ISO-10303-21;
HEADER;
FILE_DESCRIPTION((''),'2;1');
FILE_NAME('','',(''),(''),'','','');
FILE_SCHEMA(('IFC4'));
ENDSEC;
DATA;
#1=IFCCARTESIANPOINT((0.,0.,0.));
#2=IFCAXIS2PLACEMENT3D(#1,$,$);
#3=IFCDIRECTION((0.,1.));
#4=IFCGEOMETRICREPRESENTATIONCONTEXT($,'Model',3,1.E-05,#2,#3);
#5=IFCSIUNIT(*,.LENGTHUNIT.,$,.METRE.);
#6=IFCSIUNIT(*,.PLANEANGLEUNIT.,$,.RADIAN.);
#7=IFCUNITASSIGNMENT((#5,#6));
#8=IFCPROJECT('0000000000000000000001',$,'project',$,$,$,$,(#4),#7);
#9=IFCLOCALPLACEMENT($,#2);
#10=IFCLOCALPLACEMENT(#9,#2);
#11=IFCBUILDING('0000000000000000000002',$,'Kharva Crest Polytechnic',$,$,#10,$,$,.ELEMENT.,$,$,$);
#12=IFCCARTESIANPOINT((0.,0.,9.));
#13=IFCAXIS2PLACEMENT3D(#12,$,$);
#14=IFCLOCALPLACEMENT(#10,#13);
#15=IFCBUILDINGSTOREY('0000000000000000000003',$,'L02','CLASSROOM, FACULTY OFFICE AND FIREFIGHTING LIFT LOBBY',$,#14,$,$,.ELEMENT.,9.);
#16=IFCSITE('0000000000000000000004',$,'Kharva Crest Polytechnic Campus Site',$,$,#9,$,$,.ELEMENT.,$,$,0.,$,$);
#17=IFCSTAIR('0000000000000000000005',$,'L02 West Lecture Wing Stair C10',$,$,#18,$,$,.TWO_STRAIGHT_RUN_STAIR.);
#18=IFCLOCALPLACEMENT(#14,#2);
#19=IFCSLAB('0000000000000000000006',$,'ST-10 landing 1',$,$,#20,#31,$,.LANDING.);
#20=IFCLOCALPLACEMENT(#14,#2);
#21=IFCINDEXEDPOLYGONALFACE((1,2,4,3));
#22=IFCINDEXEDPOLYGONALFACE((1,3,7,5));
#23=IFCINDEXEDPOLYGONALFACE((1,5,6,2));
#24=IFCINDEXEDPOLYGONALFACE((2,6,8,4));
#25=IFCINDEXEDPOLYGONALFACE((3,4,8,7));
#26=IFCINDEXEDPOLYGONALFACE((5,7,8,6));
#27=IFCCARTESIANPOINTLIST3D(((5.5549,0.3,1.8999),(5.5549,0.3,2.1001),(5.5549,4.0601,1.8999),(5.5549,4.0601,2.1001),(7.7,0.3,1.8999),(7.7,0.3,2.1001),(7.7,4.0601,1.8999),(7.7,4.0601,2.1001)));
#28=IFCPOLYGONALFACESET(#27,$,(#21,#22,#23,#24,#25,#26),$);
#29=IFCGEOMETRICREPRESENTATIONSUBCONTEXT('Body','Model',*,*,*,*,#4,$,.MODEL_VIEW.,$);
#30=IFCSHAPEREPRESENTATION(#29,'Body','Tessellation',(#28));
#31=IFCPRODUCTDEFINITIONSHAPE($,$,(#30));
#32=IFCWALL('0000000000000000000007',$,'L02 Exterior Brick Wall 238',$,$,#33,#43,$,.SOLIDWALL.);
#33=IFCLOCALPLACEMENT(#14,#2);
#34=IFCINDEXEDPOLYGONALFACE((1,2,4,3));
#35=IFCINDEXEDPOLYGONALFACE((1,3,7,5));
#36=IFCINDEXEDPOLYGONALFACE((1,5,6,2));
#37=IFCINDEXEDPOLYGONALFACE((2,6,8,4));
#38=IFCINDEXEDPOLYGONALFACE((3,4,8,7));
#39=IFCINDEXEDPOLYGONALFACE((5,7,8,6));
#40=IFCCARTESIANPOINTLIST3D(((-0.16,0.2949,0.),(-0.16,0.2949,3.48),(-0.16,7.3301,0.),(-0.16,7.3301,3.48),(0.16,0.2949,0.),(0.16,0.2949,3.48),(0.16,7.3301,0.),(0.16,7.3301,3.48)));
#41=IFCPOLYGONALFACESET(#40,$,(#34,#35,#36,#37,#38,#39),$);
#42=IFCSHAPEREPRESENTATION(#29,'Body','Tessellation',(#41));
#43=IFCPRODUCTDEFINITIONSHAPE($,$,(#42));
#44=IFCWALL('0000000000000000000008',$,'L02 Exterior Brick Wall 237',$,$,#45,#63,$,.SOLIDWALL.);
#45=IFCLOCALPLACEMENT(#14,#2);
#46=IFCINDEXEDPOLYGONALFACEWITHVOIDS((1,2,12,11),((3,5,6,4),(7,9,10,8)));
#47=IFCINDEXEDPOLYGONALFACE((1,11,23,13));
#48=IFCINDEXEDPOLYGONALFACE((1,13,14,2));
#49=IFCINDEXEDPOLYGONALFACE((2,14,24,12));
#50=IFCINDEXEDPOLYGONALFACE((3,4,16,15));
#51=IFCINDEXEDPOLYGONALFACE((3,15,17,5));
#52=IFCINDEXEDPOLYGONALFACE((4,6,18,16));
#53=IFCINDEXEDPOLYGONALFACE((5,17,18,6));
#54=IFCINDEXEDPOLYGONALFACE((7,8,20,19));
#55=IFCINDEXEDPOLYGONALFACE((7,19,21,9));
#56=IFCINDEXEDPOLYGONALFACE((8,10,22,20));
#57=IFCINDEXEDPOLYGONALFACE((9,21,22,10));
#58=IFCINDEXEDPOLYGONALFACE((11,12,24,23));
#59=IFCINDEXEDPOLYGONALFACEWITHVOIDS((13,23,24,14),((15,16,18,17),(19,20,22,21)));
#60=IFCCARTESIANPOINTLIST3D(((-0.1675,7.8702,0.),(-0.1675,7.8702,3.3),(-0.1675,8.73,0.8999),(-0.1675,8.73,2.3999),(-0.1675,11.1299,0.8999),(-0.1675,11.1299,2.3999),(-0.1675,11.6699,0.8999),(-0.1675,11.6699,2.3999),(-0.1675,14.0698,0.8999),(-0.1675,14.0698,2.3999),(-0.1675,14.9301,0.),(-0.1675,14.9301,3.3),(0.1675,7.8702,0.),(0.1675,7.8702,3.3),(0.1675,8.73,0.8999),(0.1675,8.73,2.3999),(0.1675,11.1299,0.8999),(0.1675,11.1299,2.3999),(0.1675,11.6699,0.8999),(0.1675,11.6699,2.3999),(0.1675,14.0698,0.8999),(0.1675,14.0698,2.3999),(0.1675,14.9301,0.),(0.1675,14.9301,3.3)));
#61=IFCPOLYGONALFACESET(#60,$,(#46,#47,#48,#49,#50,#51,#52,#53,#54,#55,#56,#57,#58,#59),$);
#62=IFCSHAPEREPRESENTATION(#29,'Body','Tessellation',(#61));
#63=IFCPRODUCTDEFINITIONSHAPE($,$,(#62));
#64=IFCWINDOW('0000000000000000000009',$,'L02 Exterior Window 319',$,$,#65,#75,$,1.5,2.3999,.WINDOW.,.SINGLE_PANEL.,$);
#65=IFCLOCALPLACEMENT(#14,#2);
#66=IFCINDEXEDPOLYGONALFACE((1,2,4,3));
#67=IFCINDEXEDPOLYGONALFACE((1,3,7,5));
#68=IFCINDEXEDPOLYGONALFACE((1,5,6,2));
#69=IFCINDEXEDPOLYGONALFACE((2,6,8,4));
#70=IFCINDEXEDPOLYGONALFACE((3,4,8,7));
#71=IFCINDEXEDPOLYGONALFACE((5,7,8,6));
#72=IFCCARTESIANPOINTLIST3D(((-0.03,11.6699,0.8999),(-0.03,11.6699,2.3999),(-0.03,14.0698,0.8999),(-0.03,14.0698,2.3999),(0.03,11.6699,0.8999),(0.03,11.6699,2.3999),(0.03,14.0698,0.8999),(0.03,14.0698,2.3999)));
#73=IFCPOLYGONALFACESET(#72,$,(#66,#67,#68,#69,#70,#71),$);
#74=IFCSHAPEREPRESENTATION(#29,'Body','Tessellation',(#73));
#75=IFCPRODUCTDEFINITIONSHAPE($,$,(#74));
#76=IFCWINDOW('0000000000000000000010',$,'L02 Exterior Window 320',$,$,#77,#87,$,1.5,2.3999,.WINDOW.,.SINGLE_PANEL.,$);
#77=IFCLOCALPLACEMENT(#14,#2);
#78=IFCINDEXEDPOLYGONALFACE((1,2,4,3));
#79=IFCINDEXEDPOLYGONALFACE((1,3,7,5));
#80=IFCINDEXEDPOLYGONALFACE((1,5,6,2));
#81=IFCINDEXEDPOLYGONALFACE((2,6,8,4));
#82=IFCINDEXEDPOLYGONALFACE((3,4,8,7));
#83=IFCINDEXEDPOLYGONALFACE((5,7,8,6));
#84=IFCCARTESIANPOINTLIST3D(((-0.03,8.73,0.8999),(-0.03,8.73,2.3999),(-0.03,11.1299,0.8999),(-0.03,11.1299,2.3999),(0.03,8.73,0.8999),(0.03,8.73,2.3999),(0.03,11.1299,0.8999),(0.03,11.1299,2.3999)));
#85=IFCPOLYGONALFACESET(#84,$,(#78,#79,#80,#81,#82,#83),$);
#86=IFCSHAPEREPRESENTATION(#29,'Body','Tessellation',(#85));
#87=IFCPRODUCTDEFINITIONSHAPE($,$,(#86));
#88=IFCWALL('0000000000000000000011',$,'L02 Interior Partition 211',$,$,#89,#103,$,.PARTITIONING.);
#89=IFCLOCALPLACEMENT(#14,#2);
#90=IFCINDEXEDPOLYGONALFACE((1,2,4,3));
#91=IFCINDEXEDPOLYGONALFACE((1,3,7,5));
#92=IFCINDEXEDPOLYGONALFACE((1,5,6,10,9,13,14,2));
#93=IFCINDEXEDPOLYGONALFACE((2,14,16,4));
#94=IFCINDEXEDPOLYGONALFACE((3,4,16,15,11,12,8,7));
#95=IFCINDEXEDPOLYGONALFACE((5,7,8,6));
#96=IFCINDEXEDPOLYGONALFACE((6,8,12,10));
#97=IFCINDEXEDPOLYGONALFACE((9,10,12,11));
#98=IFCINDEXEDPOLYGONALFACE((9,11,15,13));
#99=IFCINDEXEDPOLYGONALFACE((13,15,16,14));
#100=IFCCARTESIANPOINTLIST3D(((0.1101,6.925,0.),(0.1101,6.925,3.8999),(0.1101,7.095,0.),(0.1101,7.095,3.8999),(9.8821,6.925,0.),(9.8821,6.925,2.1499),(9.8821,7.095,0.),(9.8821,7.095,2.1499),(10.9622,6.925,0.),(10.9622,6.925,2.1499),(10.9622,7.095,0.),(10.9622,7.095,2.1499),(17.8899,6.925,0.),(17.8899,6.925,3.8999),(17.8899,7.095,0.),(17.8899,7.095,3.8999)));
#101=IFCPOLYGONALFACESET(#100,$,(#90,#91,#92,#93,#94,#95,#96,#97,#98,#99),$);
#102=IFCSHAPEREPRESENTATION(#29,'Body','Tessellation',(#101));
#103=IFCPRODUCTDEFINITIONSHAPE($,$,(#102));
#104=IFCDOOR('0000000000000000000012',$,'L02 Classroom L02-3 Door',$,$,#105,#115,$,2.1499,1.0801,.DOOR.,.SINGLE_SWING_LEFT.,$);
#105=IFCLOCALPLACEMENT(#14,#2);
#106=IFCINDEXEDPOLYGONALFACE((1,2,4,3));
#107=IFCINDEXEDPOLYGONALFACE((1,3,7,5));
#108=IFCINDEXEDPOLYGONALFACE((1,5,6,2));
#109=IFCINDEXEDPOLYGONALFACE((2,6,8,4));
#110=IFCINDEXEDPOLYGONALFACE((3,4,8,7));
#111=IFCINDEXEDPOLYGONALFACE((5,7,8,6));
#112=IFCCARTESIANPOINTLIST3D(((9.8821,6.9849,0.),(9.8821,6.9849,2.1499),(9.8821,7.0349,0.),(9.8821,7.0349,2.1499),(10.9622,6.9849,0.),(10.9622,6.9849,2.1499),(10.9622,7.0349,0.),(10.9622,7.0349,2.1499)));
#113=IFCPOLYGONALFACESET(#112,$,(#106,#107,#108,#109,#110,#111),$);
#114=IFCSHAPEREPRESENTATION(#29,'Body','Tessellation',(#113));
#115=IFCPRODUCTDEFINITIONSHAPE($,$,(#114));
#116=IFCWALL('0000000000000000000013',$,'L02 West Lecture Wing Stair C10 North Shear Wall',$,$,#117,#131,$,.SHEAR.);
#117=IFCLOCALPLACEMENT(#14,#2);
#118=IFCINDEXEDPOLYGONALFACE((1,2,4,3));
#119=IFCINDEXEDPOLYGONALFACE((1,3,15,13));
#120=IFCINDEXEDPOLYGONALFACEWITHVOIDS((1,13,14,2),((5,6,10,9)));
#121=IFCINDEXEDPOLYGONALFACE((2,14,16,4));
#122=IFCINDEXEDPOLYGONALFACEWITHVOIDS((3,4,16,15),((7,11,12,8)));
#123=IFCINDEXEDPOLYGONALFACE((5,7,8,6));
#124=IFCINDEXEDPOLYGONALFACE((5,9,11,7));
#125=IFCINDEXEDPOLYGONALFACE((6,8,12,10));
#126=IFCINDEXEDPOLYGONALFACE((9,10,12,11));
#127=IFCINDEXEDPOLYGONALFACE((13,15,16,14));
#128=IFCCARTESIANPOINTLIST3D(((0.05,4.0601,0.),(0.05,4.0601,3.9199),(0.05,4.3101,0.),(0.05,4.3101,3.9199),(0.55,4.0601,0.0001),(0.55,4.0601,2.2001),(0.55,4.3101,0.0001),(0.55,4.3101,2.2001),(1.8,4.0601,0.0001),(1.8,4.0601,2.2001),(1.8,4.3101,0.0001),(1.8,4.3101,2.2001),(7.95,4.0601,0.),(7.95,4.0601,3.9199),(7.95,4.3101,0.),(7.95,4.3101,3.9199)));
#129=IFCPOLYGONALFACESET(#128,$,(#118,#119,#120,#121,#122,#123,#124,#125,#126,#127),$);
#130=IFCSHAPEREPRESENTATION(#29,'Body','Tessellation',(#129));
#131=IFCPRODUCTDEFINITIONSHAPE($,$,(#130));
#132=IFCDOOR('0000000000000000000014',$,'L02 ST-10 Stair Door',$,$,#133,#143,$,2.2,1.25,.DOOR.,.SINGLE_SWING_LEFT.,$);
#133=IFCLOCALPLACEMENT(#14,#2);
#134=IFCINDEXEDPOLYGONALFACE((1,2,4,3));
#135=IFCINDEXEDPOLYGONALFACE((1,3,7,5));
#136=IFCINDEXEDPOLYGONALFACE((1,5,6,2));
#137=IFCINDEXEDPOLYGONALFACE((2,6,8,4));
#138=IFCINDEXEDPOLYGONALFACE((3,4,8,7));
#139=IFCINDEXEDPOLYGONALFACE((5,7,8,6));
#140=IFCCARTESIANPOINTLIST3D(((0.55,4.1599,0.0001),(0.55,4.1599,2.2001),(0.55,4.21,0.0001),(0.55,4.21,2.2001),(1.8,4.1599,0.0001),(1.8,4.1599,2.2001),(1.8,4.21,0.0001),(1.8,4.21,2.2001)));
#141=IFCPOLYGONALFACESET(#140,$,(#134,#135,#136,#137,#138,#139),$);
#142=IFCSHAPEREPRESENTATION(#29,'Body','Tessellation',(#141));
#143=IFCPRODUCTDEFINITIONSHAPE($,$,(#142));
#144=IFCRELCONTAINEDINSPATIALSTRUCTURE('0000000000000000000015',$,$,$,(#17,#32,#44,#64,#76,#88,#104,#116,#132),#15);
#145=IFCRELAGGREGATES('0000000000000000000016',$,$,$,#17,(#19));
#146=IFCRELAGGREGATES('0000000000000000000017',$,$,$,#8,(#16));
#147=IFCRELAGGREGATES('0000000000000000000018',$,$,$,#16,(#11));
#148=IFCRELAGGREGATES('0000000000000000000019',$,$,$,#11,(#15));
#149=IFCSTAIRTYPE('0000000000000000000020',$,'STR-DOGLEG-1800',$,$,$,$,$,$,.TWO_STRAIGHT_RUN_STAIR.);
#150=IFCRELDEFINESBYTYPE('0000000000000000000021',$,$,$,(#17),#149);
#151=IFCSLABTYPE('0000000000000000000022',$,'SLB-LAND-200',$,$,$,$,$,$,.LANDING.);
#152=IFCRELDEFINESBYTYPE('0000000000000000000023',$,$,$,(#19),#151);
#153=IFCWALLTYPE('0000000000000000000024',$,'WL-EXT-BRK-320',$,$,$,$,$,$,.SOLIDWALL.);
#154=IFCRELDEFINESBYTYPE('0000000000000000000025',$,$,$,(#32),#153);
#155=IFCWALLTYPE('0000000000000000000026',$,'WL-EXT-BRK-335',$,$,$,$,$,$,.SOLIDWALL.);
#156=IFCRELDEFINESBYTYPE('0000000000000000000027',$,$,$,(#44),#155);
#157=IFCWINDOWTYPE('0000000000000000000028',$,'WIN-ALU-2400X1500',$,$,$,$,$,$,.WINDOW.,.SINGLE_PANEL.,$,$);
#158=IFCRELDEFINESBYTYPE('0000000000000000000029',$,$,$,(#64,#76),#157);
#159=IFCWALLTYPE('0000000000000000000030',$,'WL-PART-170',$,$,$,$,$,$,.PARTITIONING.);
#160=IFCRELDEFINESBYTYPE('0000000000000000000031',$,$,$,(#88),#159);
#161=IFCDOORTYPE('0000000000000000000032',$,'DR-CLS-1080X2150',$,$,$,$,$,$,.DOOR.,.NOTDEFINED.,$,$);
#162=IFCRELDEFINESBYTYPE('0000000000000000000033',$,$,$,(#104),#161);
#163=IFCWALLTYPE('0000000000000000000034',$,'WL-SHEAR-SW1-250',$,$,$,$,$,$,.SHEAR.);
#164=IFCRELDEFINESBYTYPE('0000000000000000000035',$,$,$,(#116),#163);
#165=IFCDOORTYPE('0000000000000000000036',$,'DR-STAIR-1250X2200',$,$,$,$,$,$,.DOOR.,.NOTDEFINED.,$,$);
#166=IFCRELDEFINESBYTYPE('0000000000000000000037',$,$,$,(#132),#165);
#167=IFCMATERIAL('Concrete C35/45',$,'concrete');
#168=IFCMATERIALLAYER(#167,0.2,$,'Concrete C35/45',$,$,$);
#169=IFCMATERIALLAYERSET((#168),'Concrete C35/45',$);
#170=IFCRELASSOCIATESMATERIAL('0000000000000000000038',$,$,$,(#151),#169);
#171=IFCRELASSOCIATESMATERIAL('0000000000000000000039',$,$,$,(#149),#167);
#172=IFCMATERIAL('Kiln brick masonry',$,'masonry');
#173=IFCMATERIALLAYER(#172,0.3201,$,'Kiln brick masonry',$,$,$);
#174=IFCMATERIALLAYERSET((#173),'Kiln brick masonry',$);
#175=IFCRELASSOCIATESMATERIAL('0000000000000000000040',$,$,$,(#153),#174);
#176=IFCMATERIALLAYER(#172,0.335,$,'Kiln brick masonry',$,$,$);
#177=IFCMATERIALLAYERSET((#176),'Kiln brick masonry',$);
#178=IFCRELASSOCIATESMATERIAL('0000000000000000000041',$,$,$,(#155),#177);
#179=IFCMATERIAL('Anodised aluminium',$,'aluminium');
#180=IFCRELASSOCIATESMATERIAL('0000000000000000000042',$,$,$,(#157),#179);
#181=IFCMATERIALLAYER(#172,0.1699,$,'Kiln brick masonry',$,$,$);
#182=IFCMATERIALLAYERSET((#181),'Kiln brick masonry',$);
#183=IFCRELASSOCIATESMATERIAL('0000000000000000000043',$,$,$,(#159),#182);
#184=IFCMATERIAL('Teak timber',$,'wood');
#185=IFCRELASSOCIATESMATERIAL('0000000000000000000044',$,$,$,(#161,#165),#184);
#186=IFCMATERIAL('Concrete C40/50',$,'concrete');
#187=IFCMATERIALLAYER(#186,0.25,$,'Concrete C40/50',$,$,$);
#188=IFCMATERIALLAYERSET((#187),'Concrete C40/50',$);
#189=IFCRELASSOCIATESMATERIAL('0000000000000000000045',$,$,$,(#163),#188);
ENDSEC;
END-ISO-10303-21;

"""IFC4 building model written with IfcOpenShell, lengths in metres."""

from ifc_helpers import new_model, si_unit, direction, frame, frame_2d, origin, place, context, subcontext, project, spatial, polyline, rectangle, outline, extrude, material, layer, layer_set, type_object, element, fill, aggregate, save


model = new_model("IFC4")

# Units and contexts
model_context = context("Model", 3, precision=1e-05, world=origin(), true_north=direction((0.0, 1.0)))
body_context = subcontext(model_context, "Body", "Model", "MODEL_VIEW")
ifc_project = project(units=[si_unit("LENGTHUNIT", "METRE"), si_unit("PLANEANGLEUNIT", "RADIAN")], contexts=[model_context])

# Site, building, storey
site_placement = place(None, origin())
site = spatial("IfcSite", under=ifc_project, at=site_placement, Name="Kharva Crest Polytechnic Campus Site", CompositionType="ELEMENT", RefElevation=0.0)
building_placement = place(site_placement, origin())
building = spatial("IfcBuilding", under=site, at=building_placement, Name="Kharva Crest Polytechnic", CompositionType="ELEMENT")
storey_placement = place(building_placement, frame((0.0, 0.0, 9.0)))
storey = spatial("IfcBuildingStorey", under=building, at=storey_placement, Name="L02", Description="CLASSROOM, FACULTY OFFICE AND FIREFIGHTING LIFT LOBBY", CompositionType="ELEMENT", Elevation=9.0)

# Shared definitions
ifc_material_1 = material(Name="Concrete C40/50", Category="concrete")

# Shared definitions
ifc_material_2 = material(Name="Concrete C35/45", Category="concrete")

# Stair, slab
ifc_layer_1 = layer(ifc_material_2, 0.2, Name="Concrete C35/45")
ifc_layer_set_1 = layer_set([ifc_layer_1], Name="Concrete C35/45")
slab_type = type_object("IfcSlabType", Name="SLB-LAND-200", PredefinedType="LANDING", material=ifc_layer_set_1)
stair_type_1 = type_object("IfcStairType", Name="STR-DOGLEG-1800", PredefinedType="TWO_STRAIGHT_RUN_STAIR", material=ifc_material_2)
stair_1_placement = place(storey_placement, origin())
stair_1 = element("IfcStair", 1, at=stair_1_placement, inside=storey, type_object=stair_type_1, Name="L02 West Lecture Wing Stair C10", PredefinedType="TWO_STRAIGHT_RUN_STAIR")
slab_1_placement = place(storey_placement, frame((0.0, 0.0, 1.8999)))
slab_1 = element("IfcSlab", 2, at=slab_1_placement, type_object=slab_type, Name="ST-10 landing 1", PredefinedType="LANDING", context=body_context, shape_type="SweptSolid", body=[
    extrude(outline(polyline([(5.5549, 0.3), (7.7, 0.3), (7.7, 4.0601), (5.5549, 4.0601), (5.5549, 0.3)])), origin(), (0.0, 0.0, 1.0), 0.2002),
])
aggregate(stair_1, [slab_1])

# Wall
ifc_material_3 = material(Name="Kiln brick masonry", Category="masonry")
ifc_layer_2 = layer(ifc_material_3, 0.3201, Name="Kiln brick masonry")
ifc_layer_set_2 = layer_set([ifc_layer_2], Name="Kiln brick masonry")
wall_type_1 = type_object("IfcWallType", Name="WL-EXT-BRK-320", PredefinedType="SOLIDWALL", material=ifc_layer_set_2)
wall_1_placement = place(storey_placement, frame((0.0, 7.3301, 0.0), z_axis=(0.0, 0.0, 1.0), x_axis=(0.0, -1.0, 0.0)))
element("IfcWall", 3, at=wall_1_placement, inside=storey, type_object=wall_type_1, Name="L02 Exterior Brick Wall 238", PredefinedType="SOLIDWALL", context=body_context, shape_type="SweptSolid", body=[
    extrude(rectangle(XDim=7.0352, YDim=0.3201, at=frame_2d((3.5176, 0.0))), origin(), (0.0, 0.0, 1.0), 3.48),
])

# Wall, openings, windows
ifc_layer_3 = layer(ifc_material_3, 0.335, Name="Kiln brick masonry")
ifc_layer_set_3 = layer_set([ifc_layer_3], Name="Kiln brick masonry")
wall_type_2 = type_object("IfcWallType", Name="WL-EXT-BRK-335", PredefinedType="SOLIDWALL", material=ifc_layer_set_3)
wall_2_placement = place(storey_placement, frame((0.0, 14.9299, 0.0), z_axis=(0.0, 0.0, 1.0), x_axis=(0.0, -1.0, 0.0)))
wall_2 = element("IfcWall", 4, at=wall_2_placement, inside=storey, type_object=wall_type_2, Name="L02 Exterior Brick Wall 237", PredefinedType="SOLIDWALL", context=body_context, shape_type="SweptSolid", body=[
    extrude(rectangle(XDim=7.0598, YDim=0.335, at=frame_2d((3.5298, 0.0))), origin(), (0.0, 0.0, 1.0), 3.3),
])
opening_1_placement = place(wall_2_placement, frame((0.8601, 0.0, 0.8999)))
opening_1 = element("IfcOpeningElement", 5, at=opening_1_placement, cuts=wall_2, PredefinedType="OPENING", context=body_context, shape_type="SweptSolid", body=[
    extrude(rectangle(XDim=2.3999, YDim=1.5, at=frame_2d((1.2, 0.75))), frame((0.0, 0.1775, 0.0), z_axis=(0.0, -1.0, 0.0), x_axis=(1.0, 0.0, 0.0)), (0.0, 0.0, 1.0), 0.355),
])
opening_2_placement = place(wall_2_placement, frame((3.8, 0.0, 0.8999)))
opening_2 = element("IfcOpeningElement", 6, at=opening_2_placement, cuts=wall_2, PredefinedType="OPENING", context=body_context, shape_type="SweptSolid", body=[
    extrude(rectangle(XDim=2.3999, YDim=1.5, at=frame_2d((1.2, 0.75))), frame((0.0, 0.1775, 0.0), z_axis=(0.0, -1.0, 0.0), x_axis=(1.0, 0.0, 0.0)), (0.0, 0.0, 1.0), 0.355),
])
ifc_material_4 = material(Name="Anodised aluminium", Category="aluminium")
window_type = type_object("IfcWindowType", Name="WIN-ALU-2400X1500", PartitioningType="SINGLE_PANEL", PredefinedType="WINDOW", material=ifc_material_4)
window_1_placement = place(opening_1_placement, origin())
window_1 = element("IfcWindow", 7, at=window_1_placement, inside=storey, type_object=window_type, Name="L02 Exterior Window 319", OverallHeight=1.5, OverallWidth=2.3999, PartitioningType="SINGLE_PANEL", PredefinedType="WINDOW", context=body_context, shape_type="SweptSolid", body=[
    extrude(rectangle(XDim=2.3999, YDim=1.5, at=frame_2d((1.2, 0.75))), frame((0.0, 0.03, 0.0), z_axis=(0.0, -1.0, 0.0), x_axis=(1.0, 0.0, 0.0)), (0.0, 0.0, 1.0), 0.0601),
])
fill(opening_1, window_1)
window_2_placement = place(opening_2_placement, origin())
window_2 = element("IfcWindow", 8, at=window_2_placement, inside=storey, type_object=window_type, Name="L02 Exterior Window 320", OverallHeight=1.5, OverallWidth=2.3999, PartitioningType="SINGLE_PANEL", PredefinedType="WINDOW", context=body_context, shape_type="SweptSolid", body=[
    extrude(rectangle(XDim=2.3999, YDim=1.5, at=frame_2d((1.2, 0.75))), frame((0.0, 0.03, 0.0), z_axis=(0.0, -1.0, 0.0), x_axis=(1.0, 0.0, 0.0)), (0.0, 0.0, 1.0), 0.0601),
])
fill(opening_2, window_2)

# Walls, openings, doors
ifc_layer_4 = layer(ifc_material_3, 0.1699, Name="Kiln brick masonry")
ifc_layer_set_4 = layer_set([ifc_layer_4], Name="Kiln brick masonry")
wall_type_3 = type_object("IfcWallType", Name="WL-PART-170", PredefinedType="PARTITIONING", material=ifc_layer_set_4)
wall_3_placement = place(storey_placement, frame((0.1101, 7.01, 0.0), z_axis=(0.0, 0.0, 1.0), x_axis=(1.0, 0.0, 0.0)))
wall_3 = element("IfcWall", 9, at=wall_3_placement, inside=storey, type_object=wall_type_3, Name="L02 Interior Partition 211", PredefinedType="PARTITIONING", context=body_context, shape_type="SweptSolid", body=[
    extrude(rectangle(XDim=17.7798, YDim=0.1699, at=frame_2d((8.8899, 0.0))), origin(), (0.0, 0.0, 1.0), 3.8999),
])
opening_3_placement = place(wall_3_placement, frame((9.772, 0.0, 0.0)))
opening_3 = element("IfcOpeningElement", 10, at=opening_3_placement, cuts=wall_3, PredefinedType="OPENING", context=body_context, shape_type="SweptSolid", body=[
    extrude(rectangle(XDim=1.0801, YDim=2.1499, at=frame_2d((0.54, 1.075))), frame((0.0, 0.095, 0.0), z_axis=(0.0, -1.0, 0.0), x_axis=(1.0, 0.0, 0.0)), (0.0, 0.0, 1.0), 0.1899),
])
ifc_material_5 = material(Name="Teak timber", Category="wood")
door_type_1 = type_object("IfcDoorType", Name="DR-CLS-1080X2150", OperationType="NOTDEFINED", PredefinedType="DOOR", material=ifc_material_5)
door_1_placement = place(opening_3_placement, origin())
door_1 = element("IfcDoor", 11, at=door_1_placement, inside=storey, type_object=door_type_1, Name="L02 Classroom L02-3 Door", OperationType="SINGLE_SWING_LEFT", OverallHeight=2.1499, OverallWidth=1.0801, PredefinedType="DOOR", context=body_context, shape_type="SweptSolid", body=[
    extrude(rectangle(XDim=1.0801, YDim=2.1499, at=frame_2d((0.54, 1.075))), frame((0.0, 0.0249, 0.0), z_axis=(0.0, -1.0, 0.0), x_axis=(1.0, 0.0, 0.0)), (0.0, 0.0, 1.0), 0.05),
])
fill(opening_3, door_1)
ifc_layer_5 = layer(ifc_material_1, 0.25, Name="Concrete C40/50")
ifc_layer_set_5 = layer_set([ifc_layer_5], Name="Concrete C40/50")
wall_type_4 = type_object("IfcWallType", Name="WL-SHEAR-SW1-250", PredefinedType="SHEAR", material=ifc_layer_set_5)
wall_4_placement = place(storey_placement, frame((0.05, 4.1851, 0.0), z_axis=(0.0, 0.0, 1.0), x_axis=(1.0, 0.0, 0.0)))
wall_4 = element("IfcWall", 12, at=wall_4_placement, inside=storey, type_object=wall_type_4, Name="L02 West Lecture Wing Stair C10 North Shear Wall", PredefinedType="SHEAR", context=body_context, shape_type="SweptSolid", body=[
    extrude(rectangle(XDim=7.8999, YDim=0.25, at=frame_2d((3.95, 0.0))), origin(), (0.0, 0.0, 1.0), 3.9199),
])
opening_4_placement = place(wall_4_placement, frame((0.5, 0.0, 0.0)))
opening_4 = element("IfcOpeningElement", 13, at=opening_4_placement, cuts=wall_4, PredefinedType="OPENING", context=body_context, shape_type="SweptSolid", body=[
    extrude(rectangle(XDim=1.25, YDim=2.2, at=frame_2d((0.625, 1.1001))), frame((0.0, 0.135, 0.0), z_axis=(0.0, -1.0, 0.0), x_axis=(1.0, 0.0, 0.0)), (0.0, 0.0, 1.0), 0.27),
])
door_type_2 = type_object("IfcDoorType", Name="DR-STAIR-1250X2200", OperationType="NOTDEFINED", PredefinedType="DOOR", material=ifc_material_5)
door_2_placement = place(opening_4_placement, origin())
door_2 = element("IfcDoor", 14, at=door_2_placement, inside=storey, type_object=door_type_2, Name="L02 ST-10 Stair Door", OperationType="SINGLE_SWING_LEFT", OverallHeight=2.2, OverallWidth=1.25, PredefinedType="DOOR", context=body_context, shape_type="SweptSolid", body=[
    extrude(rectangle(XDim=1.25, YDim=2.2, at=frame_2d((0.625, 1.1001))), frame((0.0, 0.0249, 0.0), z_axis=(0.0, -1.0, 0.0), x_axis=(1.0, 0.0, 0.0)), (0.0, 0.0, 1.0), 0.05),
])
fill(opening_4, door_2)

save(model, "model.ifc")
